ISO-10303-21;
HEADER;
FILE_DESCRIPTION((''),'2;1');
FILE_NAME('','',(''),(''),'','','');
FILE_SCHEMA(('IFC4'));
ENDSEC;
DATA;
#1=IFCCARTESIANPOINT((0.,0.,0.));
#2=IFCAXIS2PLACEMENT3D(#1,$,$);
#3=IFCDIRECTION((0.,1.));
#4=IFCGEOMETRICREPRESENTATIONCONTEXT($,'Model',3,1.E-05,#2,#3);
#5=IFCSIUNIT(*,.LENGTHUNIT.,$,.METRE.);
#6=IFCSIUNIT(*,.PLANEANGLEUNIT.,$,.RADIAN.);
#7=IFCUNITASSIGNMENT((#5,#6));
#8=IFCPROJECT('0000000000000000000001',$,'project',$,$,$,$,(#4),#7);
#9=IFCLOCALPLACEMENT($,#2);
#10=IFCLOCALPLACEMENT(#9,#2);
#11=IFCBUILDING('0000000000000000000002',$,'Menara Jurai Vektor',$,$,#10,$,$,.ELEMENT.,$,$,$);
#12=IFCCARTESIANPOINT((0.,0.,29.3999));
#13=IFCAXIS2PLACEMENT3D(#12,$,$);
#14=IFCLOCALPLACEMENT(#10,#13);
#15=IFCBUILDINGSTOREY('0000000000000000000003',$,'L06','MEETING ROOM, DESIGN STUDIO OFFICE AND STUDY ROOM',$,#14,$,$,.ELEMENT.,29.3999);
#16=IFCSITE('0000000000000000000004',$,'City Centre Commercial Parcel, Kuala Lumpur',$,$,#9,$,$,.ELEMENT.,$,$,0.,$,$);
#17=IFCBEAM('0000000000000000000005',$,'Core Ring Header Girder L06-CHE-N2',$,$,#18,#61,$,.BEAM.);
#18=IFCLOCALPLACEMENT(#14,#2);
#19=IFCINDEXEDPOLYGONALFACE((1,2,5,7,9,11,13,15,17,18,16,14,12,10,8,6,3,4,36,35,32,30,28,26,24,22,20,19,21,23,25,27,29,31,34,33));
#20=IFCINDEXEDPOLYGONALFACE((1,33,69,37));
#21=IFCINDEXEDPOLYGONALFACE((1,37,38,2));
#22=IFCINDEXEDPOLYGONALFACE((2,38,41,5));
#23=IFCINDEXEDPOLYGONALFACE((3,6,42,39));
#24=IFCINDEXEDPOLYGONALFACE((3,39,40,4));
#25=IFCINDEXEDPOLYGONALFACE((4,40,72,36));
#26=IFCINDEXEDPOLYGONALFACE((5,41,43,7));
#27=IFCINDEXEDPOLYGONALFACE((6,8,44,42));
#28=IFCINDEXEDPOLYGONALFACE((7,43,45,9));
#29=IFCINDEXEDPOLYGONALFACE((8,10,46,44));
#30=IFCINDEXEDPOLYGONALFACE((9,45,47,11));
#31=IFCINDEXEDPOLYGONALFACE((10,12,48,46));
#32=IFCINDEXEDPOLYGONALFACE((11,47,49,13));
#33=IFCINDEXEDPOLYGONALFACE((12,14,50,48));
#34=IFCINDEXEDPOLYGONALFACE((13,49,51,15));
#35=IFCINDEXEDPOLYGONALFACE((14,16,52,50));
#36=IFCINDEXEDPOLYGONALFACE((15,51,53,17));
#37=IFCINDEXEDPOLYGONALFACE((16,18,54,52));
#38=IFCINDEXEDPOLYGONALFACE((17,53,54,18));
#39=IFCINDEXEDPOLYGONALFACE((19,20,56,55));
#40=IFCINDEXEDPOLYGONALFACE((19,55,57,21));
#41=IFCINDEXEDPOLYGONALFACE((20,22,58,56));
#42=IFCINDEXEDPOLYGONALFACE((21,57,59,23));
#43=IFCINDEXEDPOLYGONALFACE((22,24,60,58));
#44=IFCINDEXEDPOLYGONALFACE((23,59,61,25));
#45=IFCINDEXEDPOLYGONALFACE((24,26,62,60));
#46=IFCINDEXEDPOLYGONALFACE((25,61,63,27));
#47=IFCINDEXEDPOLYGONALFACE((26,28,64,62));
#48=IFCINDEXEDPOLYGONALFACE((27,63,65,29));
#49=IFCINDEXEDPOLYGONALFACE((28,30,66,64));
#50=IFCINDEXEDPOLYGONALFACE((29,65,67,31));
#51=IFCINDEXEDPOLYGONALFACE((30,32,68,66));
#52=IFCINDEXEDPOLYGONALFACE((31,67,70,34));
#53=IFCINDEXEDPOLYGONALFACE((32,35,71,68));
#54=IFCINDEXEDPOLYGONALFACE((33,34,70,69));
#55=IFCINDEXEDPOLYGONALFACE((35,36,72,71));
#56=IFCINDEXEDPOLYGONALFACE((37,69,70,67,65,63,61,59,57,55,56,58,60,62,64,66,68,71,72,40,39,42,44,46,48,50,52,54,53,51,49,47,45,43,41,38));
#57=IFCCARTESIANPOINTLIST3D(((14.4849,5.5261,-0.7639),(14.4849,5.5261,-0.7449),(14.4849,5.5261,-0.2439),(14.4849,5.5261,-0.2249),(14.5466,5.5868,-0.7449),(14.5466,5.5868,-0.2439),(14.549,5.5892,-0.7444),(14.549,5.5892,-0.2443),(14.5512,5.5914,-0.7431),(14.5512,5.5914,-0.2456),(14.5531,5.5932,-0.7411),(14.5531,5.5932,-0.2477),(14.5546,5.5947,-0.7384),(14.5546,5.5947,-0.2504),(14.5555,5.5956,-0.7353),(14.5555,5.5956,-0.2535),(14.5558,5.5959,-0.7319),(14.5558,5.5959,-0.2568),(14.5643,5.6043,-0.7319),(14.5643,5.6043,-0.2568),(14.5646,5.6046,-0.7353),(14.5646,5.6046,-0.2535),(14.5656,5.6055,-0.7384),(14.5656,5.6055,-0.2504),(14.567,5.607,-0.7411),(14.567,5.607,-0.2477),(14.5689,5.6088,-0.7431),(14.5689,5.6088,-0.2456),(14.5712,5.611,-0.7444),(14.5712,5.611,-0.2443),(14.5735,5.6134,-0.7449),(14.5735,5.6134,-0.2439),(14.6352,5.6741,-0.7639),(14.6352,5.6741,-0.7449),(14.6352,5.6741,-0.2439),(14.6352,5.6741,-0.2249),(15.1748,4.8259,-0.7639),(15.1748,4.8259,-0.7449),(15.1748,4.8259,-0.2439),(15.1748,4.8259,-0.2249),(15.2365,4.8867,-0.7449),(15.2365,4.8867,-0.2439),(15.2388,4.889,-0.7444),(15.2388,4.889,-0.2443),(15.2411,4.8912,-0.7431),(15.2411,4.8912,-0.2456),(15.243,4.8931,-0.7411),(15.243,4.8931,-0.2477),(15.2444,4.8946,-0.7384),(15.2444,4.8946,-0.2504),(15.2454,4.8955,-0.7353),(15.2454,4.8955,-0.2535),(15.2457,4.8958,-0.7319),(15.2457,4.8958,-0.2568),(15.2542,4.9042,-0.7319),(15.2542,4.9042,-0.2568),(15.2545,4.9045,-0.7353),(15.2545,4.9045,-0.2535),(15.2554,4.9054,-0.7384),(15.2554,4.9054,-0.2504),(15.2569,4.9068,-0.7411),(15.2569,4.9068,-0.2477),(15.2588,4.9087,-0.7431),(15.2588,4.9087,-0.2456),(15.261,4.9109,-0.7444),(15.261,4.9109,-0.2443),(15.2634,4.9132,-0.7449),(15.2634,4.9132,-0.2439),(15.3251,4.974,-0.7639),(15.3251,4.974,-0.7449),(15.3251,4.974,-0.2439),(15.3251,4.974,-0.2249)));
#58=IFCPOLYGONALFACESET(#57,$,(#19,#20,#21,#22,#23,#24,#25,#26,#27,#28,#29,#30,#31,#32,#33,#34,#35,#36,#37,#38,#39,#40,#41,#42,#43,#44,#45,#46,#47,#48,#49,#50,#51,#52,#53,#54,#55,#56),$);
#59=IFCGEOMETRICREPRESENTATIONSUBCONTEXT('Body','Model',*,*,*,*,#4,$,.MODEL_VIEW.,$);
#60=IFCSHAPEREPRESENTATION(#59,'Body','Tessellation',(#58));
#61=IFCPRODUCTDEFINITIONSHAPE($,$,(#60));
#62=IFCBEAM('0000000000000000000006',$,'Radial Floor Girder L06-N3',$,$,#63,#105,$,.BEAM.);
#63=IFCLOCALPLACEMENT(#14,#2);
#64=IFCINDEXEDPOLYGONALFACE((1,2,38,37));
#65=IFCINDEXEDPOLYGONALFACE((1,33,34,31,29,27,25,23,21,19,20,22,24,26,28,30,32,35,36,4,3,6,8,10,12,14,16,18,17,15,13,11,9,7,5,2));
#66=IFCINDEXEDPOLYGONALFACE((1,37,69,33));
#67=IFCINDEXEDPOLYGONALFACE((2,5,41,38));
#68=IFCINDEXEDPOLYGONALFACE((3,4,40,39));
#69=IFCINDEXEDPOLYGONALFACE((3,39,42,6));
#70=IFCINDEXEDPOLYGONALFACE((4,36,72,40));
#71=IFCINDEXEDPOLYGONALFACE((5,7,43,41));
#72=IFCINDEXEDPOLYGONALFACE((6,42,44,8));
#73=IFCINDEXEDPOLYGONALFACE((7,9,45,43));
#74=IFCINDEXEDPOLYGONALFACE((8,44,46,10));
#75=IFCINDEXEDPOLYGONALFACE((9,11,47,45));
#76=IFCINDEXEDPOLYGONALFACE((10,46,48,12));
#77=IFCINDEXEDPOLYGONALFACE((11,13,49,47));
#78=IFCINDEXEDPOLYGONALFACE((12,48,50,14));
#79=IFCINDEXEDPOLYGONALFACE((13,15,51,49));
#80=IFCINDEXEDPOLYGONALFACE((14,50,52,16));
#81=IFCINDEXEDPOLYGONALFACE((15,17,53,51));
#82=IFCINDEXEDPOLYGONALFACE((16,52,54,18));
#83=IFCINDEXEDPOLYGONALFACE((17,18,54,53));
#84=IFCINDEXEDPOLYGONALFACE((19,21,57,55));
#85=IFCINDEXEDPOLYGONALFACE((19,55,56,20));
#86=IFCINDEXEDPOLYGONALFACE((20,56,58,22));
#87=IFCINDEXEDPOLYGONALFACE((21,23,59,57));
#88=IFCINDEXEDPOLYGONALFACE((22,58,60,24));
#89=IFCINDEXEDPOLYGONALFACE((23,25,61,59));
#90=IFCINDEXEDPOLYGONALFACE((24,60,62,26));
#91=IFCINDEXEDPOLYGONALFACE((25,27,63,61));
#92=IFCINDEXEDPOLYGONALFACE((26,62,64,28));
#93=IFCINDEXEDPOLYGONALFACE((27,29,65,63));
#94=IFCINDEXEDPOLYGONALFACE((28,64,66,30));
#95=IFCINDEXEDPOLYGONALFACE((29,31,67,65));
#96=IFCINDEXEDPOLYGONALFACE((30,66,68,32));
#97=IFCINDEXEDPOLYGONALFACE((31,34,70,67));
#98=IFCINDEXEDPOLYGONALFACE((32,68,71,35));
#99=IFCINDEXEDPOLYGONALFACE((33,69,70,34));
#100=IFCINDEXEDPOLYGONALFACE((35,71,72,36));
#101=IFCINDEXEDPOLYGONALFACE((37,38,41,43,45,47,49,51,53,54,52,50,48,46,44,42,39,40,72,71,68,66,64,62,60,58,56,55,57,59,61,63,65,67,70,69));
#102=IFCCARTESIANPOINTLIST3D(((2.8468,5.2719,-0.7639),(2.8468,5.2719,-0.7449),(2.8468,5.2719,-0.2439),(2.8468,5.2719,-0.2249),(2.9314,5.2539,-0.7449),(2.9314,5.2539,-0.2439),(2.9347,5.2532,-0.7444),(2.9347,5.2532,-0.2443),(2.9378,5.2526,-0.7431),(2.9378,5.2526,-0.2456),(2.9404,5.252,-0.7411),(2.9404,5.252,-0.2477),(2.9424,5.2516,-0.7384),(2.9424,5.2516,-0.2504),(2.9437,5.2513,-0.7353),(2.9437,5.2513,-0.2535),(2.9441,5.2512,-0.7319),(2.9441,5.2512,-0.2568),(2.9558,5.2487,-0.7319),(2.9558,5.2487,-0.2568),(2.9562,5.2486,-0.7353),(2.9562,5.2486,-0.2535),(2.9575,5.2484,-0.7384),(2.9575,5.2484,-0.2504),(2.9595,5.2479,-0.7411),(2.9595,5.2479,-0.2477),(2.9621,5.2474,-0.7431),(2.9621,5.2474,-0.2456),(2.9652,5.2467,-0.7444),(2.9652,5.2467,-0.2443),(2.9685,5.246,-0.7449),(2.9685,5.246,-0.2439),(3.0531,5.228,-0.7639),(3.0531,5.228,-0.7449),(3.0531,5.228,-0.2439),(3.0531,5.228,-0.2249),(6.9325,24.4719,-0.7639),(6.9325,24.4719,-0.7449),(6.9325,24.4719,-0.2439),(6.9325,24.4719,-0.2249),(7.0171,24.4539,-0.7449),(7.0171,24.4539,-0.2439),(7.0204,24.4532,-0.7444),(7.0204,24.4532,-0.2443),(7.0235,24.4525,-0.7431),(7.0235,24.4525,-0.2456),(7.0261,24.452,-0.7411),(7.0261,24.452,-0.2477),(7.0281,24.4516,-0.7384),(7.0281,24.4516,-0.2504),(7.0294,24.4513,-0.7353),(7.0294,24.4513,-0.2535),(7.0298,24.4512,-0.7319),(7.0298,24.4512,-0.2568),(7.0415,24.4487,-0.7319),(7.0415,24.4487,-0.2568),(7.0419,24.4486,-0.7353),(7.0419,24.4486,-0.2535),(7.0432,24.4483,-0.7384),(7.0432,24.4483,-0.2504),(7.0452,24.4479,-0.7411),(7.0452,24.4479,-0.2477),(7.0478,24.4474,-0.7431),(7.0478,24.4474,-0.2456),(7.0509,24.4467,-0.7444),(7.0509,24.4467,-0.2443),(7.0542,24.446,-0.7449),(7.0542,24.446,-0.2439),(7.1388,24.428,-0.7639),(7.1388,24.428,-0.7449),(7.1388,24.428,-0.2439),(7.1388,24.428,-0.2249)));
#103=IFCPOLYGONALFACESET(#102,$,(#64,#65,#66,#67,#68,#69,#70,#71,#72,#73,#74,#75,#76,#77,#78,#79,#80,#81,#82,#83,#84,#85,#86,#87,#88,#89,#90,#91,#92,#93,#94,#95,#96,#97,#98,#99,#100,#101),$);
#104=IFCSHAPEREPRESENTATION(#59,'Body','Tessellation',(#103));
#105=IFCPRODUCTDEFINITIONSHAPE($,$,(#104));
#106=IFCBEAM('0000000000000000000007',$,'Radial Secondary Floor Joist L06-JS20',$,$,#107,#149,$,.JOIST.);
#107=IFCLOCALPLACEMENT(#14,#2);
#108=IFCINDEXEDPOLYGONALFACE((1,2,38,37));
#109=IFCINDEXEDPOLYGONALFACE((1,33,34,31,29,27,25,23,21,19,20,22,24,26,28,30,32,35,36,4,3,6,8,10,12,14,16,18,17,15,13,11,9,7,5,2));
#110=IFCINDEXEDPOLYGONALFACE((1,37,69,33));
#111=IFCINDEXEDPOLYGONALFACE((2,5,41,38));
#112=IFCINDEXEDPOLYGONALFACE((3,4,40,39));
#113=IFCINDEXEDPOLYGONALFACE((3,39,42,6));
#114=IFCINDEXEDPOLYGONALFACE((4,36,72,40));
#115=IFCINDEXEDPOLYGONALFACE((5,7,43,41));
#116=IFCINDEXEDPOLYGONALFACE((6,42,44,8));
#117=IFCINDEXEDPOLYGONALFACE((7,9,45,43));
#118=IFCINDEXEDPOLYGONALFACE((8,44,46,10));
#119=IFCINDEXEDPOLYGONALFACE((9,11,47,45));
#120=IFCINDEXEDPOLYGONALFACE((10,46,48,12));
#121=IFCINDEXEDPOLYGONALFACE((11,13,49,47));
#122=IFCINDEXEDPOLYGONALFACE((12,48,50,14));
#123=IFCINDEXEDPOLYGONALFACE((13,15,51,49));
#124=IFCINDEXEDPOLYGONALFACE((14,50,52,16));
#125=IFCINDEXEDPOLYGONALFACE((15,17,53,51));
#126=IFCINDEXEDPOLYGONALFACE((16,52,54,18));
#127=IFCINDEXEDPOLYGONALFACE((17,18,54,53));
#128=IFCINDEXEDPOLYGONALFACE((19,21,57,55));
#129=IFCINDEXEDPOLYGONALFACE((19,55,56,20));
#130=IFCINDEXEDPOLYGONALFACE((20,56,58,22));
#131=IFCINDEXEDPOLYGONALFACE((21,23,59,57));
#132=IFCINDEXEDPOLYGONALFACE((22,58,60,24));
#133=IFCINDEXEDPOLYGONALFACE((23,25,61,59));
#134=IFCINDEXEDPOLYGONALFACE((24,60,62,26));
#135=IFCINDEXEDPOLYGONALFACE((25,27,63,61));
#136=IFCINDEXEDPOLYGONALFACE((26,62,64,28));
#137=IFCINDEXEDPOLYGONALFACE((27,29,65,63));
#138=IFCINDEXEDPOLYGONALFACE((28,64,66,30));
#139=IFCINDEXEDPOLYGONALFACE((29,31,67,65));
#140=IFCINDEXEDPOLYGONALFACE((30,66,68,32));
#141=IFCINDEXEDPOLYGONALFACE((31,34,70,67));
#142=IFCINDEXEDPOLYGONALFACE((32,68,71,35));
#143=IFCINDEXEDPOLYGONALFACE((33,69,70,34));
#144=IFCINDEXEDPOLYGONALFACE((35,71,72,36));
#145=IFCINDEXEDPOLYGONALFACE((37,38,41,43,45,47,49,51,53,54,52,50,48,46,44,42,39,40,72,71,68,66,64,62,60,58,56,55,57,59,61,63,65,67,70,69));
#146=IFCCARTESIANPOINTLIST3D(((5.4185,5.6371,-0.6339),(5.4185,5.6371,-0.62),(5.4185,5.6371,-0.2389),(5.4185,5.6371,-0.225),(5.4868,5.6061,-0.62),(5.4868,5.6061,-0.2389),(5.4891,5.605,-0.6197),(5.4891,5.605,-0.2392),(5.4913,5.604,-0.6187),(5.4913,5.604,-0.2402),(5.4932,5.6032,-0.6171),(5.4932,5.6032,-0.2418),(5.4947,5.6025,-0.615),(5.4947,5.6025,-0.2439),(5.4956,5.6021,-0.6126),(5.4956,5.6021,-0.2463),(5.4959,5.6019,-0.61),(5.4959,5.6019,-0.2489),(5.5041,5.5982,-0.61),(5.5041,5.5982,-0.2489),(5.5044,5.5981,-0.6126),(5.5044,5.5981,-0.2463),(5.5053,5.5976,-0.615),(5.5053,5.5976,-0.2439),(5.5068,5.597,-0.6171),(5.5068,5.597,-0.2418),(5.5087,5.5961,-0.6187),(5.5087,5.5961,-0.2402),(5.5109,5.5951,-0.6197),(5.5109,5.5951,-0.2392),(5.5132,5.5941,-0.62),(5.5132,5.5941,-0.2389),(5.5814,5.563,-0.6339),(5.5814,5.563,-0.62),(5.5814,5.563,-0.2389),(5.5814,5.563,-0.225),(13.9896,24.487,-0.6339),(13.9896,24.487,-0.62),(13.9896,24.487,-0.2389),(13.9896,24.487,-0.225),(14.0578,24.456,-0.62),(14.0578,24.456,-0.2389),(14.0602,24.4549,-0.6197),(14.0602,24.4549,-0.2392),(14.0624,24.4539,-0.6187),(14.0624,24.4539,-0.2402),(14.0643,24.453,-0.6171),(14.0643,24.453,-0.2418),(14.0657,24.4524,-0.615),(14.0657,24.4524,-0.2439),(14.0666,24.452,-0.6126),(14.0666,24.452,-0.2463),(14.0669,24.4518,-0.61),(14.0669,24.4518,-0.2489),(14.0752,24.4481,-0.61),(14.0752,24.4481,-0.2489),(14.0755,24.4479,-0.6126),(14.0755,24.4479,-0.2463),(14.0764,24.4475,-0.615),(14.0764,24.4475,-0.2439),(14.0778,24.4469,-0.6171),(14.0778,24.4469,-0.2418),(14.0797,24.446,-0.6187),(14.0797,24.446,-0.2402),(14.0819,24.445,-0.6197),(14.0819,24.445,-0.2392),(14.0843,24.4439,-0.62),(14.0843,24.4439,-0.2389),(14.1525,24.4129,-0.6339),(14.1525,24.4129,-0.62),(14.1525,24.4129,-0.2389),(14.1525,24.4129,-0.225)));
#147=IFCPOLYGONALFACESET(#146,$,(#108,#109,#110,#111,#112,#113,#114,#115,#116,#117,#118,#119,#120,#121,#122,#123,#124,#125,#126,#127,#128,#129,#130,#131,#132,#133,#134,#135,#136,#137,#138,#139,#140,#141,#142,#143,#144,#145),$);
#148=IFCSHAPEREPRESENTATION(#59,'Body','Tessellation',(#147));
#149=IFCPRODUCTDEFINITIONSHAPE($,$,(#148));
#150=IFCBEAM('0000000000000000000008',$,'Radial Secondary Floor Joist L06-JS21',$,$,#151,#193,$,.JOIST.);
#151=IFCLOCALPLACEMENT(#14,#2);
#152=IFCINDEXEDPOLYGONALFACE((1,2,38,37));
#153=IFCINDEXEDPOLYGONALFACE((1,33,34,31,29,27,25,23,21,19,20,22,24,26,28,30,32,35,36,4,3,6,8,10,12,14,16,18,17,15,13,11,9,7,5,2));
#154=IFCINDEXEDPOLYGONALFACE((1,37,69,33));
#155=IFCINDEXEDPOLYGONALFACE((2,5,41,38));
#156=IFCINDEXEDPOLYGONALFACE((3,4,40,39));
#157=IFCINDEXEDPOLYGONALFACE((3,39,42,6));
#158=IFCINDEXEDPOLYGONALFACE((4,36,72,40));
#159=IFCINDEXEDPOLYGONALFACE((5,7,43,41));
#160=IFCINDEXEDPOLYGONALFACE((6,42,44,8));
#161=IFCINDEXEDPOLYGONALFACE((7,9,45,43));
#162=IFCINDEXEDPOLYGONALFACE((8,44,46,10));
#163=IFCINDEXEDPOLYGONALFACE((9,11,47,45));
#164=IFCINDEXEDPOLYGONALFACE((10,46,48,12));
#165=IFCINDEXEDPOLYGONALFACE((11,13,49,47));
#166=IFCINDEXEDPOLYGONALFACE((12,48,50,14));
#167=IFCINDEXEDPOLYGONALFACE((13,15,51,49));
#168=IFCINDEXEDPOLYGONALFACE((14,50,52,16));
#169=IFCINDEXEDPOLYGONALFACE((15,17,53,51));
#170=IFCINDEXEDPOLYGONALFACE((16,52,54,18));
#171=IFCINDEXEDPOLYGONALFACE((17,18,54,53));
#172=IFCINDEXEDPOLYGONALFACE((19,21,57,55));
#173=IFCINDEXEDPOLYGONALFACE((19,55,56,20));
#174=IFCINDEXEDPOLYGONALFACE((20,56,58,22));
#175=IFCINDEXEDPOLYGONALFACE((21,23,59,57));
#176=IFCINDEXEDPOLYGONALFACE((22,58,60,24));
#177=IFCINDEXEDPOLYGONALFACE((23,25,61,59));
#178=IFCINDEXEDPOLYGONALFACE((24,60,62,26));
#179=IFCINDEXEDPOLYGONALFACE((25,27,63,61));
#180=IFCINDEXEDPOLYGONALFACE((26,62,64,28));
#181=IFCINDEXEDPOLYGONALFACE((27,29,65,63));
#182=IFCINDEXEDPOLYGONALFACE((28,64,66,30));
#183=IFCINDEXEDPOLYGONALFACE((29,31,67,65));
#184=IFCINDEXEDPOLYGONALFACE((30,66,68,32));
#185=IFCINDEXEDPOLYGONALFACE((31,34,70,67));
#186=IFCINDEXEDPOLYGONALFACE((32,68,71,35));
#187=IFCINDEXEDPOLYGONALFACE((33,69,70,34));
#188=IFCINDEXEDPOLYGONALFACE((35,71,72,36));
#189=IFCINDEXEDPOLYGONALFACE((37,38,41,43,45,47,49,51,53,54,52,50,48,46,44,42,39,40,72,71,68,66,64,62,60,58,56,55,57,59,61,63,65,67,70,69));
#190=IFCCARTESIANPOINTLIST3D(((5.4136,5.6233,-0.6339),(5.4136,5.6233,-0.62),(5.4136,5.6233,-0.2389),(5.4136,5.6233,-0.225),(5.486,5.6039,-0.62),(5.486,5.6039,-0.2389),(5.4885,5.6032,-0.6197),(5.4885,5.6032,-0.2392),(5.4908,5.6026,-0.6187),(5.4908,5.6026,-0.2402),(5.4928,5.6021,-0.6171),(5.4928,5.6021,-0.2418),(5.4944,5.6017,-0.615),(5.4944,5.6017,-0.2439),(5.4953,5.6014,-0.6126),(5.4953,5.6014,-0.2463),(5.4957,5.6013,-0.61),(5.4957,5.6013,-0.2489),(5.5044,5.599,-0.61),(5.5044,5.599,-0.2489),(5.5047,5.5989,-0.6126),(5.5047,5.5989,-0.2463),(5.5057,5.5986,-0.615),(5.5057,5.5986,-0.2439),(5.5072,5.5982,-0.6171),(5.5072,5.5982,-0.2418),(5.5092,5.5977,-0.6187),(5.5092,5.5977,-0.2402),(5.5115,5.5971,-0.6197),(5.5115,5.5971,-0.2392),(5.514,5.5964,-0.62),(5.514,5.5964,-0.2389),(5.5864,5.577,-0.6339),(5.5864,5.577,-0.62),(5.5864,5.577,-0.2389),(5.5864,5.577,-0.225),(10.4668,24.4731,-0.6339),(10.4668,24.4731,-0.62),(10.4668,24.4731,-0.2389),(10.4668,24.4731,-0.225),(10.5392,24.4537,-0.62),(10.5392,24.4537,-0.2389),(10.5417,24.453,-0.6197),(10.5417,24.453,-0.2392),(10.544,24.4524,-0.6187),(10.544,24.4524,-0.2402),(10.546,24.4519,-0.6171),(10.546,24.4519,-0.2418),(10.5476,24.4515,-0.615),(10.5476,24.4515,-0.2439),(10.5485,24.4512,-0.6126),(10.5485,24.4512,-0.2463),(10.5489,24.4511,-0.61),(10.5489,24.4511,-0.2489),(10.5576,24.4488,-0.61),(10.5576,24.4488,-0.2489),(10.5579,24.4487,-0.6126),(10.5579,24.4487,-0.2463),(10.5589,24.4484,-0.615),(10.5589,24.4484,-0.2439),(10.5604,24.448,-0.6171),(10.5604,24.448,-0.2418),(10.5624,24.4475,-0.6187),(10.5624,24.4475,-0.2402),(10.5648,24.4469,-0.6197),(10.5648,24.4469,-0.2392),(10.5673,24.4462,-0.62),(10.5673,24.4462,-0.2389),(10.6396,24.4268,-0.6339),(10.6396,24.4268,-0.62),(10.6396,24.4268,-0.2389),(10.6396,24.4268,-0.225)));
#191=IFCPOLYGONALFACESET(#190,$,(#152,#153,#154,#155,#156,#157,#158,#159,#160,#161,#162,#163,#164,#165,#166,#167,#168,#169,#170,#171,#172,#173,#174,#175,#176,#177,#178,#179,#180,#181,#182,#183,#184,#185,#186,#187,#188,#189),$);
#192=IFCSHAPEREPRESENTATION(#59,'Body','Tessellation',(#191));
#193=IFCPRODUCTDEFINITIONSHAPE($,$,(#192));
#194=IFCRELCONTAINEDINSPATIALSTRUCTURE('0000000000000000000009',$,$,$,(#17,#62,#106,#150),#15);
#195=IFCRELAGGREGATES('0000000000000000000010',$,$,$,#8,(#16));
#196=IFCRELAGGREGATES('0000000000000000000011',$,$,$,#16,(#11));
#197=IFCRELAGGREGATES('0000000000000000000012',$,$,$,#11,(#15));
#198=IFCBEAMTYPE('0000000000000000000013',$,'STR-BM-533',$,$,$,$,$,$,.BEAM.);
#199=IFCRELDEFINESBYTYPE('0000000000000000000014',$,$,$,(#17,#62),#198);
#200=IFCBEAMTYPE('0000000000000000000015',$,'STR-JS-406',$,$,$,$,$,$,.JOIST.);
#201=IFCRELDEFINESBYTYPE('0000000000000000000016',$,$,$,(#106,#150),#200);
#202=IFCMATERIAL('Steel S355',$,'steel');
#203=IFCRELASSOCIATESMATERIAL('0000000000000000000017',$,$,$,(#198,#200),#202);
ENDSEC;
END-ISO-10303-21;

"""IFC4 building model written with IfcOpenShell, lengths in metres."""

from ifc_helpers import new_model, si_unit, direction, frame, origin, origin_2d, place, context, subcontext, project, spatial, i_section, extrude, material, material_profile, profile_set, type_object, element, save


model = new_model("IFC4")

# Units and contexts
model_context = context("Model", 3, precision=1e-05, world=origin(), true_north=direction((0.0, 1.0)))
body_context = subcontext(model_context, "Body", "Model", "MODEL_VIEW")
ifc_project = project(units=[si_unit("LENGTHUNIT", "METRE"), si_unit("PLANEANGLEUNIT", "RADIAN")], contexts=[model_context])

# Site, building, storey
site_placement = place(None, origin())
site = spatial("IfcSite", under=ifc_project, at=site_placement, Name="City Centre Commercial Parcel, Kuala Lumpur", CompositionType="ELEMENT", RefElevation=0.0)
building_placement = place(site_placement, origin())
building = spatial("IfcBuilding", under=site, at=building_placement, Name="Menara Jurai Vektor", CompositionType="ELEMENT")
storey_placement = place(building_placement, frame((0.0, 0.0, 29.3999)))
storey = spatial("IfcBuildingStorey", under=building, at=storey_placement, Name="L06", Description="MEETING ROOM, DESIGN STUDIO OFFICE AND STUDY ROOM", CompositionType="ELEMENT", Elevation=29.3999)

# Shared definitions
ifc_material_1 = material(Name="Steel S355", Category="steel")

# Beams
ifc_material_profile_1 = material_profile(ifc_material_1, i_section(OverallWidth=0.2109, OverallDepth=0.5391, WebThickness=0.012, FlangeThickness=0.019, FilletRadius=0.0129, at=origin_2d()), Name="UKB 533x210x109")
ifc_profile_set_1 = profile_set([ifc_material_profile_1], Name="Steel S355")
beam_type_1 = type_object("IfcBeamType", Name="STR-BM-533", PredefinedType="BEAM", material=ifc_profile_set_1)
beam_1_placement = place(storey_placement, frame((14.5601, 5.6001, -0.4944), z_axis=(0.701872, -0.712303, 0.0), x_axis=(0.712303, 0.701872, 0.0)))
element("IfcBeam", 1, at=beam_1_placement, inside=storey, type_object=beam_type_1, Name="Core Ring Header Girder L06-CHE-N2", PredefinedType="BEAM", context=body_context, shape_type="SweptSolid", body=[
    extrude(i_section(OverallWidth=0.2109, OverallDepth=0.5391, WebThickness=0.012, FlangeThickness=0.019, FilletRadius=0.0129, at=origin_2d()), origin(), (0.0, 0.0, 1.0), 0.9829),
])
beam_2_placement = place(storey_placement, frame((7.0356, 24.45, -0.4944), z_axis=(-0.208137, -0.9781, 0.0), x_axis=(0.9781, -0.208137, 0.0)))
element("IfcBeam", 2, at=beam_2_placement, inside=storey, type_object=beam_type_1, Name="Radial Floor Girder L06-N3", PredefinedType="BEAM", context=body_context, shape_type="SweptSolid", body=[
    extrude(i_section(OverallWidth=0.2109, OverallDepth=0.5391, WebThickness=0.012, FlangeThickness=0.019, FilletRadius=0.0129, at=origin_2d()), origin(), (0.0, 0.0, 1.0), 19.6299),
])
ifc_material_profile_2 = material_profile(ifc_material_1, i_section(OverallWidth=0.179, OverallDepth=0.4089, WebThickness=0.009, FlangeThickness=0.0139, FilletRadius=0.01, at=origin_2d()), Name="UKB 406x178x67")
ifc_profile_set_2 = profile_set([ifc_material_profile_2], Name="Steel S355")
beam_type_2 = type_object("IfcBeamType", Name="STR-JS-406", PredefinedType="JOIST", material=ifc_profile_set_2)
beam_3_placement = place(storey_placement, frame((14.071, 24.45, -0.4294), z_axis=(-0.41392, -0.910313, 0.0), x_axis=(0.910313, -0.41392, 0.0)))
element("IfcBeam", 3, at=beam_3_placement, inside=storey, type_object=beam_type_2, Name="Radial Secondary Floor Joist L06-JS20", PredefinedType="JOIST", context=body_context, shape_type="SweptSolid", body=[
    extrude(i_section(OverallWidth=0.179, OverallDepth=0.4089, WebThickness=0.009, FlangeThickness=0.0139, FilletRadius=0.01, at=origin_2d()), origin(), (0.0, 0.0, 1.0), 20.707),
])
beam_4_placement = place(storey_placement, frame((10.5532, 24.45, -0.4294), z_axis=(-0.258935, -0.965895, 0.0), x_axis=(0.965895, -0.258935, 0.0)))
element("IfcBeam", 4, at=beam_4_placement, inside=storey, type_object=beam_type_2, Name="Radial Secondary Floor Joist L06-JS21", PredefinedType="JOIST", context=body_context, shape_type="SweptSolid", body=[
    extrude(i_section(OverallWidth=0.179, OverallDepth=0.4089, WebThickness=0.009, FlangeThickness=0.0139, FilletRadius=0.01, at=origin_2d()), origin(), (0.0, 0.0, 1.0), 19.5154),
])

save(model, "model.ifc")
